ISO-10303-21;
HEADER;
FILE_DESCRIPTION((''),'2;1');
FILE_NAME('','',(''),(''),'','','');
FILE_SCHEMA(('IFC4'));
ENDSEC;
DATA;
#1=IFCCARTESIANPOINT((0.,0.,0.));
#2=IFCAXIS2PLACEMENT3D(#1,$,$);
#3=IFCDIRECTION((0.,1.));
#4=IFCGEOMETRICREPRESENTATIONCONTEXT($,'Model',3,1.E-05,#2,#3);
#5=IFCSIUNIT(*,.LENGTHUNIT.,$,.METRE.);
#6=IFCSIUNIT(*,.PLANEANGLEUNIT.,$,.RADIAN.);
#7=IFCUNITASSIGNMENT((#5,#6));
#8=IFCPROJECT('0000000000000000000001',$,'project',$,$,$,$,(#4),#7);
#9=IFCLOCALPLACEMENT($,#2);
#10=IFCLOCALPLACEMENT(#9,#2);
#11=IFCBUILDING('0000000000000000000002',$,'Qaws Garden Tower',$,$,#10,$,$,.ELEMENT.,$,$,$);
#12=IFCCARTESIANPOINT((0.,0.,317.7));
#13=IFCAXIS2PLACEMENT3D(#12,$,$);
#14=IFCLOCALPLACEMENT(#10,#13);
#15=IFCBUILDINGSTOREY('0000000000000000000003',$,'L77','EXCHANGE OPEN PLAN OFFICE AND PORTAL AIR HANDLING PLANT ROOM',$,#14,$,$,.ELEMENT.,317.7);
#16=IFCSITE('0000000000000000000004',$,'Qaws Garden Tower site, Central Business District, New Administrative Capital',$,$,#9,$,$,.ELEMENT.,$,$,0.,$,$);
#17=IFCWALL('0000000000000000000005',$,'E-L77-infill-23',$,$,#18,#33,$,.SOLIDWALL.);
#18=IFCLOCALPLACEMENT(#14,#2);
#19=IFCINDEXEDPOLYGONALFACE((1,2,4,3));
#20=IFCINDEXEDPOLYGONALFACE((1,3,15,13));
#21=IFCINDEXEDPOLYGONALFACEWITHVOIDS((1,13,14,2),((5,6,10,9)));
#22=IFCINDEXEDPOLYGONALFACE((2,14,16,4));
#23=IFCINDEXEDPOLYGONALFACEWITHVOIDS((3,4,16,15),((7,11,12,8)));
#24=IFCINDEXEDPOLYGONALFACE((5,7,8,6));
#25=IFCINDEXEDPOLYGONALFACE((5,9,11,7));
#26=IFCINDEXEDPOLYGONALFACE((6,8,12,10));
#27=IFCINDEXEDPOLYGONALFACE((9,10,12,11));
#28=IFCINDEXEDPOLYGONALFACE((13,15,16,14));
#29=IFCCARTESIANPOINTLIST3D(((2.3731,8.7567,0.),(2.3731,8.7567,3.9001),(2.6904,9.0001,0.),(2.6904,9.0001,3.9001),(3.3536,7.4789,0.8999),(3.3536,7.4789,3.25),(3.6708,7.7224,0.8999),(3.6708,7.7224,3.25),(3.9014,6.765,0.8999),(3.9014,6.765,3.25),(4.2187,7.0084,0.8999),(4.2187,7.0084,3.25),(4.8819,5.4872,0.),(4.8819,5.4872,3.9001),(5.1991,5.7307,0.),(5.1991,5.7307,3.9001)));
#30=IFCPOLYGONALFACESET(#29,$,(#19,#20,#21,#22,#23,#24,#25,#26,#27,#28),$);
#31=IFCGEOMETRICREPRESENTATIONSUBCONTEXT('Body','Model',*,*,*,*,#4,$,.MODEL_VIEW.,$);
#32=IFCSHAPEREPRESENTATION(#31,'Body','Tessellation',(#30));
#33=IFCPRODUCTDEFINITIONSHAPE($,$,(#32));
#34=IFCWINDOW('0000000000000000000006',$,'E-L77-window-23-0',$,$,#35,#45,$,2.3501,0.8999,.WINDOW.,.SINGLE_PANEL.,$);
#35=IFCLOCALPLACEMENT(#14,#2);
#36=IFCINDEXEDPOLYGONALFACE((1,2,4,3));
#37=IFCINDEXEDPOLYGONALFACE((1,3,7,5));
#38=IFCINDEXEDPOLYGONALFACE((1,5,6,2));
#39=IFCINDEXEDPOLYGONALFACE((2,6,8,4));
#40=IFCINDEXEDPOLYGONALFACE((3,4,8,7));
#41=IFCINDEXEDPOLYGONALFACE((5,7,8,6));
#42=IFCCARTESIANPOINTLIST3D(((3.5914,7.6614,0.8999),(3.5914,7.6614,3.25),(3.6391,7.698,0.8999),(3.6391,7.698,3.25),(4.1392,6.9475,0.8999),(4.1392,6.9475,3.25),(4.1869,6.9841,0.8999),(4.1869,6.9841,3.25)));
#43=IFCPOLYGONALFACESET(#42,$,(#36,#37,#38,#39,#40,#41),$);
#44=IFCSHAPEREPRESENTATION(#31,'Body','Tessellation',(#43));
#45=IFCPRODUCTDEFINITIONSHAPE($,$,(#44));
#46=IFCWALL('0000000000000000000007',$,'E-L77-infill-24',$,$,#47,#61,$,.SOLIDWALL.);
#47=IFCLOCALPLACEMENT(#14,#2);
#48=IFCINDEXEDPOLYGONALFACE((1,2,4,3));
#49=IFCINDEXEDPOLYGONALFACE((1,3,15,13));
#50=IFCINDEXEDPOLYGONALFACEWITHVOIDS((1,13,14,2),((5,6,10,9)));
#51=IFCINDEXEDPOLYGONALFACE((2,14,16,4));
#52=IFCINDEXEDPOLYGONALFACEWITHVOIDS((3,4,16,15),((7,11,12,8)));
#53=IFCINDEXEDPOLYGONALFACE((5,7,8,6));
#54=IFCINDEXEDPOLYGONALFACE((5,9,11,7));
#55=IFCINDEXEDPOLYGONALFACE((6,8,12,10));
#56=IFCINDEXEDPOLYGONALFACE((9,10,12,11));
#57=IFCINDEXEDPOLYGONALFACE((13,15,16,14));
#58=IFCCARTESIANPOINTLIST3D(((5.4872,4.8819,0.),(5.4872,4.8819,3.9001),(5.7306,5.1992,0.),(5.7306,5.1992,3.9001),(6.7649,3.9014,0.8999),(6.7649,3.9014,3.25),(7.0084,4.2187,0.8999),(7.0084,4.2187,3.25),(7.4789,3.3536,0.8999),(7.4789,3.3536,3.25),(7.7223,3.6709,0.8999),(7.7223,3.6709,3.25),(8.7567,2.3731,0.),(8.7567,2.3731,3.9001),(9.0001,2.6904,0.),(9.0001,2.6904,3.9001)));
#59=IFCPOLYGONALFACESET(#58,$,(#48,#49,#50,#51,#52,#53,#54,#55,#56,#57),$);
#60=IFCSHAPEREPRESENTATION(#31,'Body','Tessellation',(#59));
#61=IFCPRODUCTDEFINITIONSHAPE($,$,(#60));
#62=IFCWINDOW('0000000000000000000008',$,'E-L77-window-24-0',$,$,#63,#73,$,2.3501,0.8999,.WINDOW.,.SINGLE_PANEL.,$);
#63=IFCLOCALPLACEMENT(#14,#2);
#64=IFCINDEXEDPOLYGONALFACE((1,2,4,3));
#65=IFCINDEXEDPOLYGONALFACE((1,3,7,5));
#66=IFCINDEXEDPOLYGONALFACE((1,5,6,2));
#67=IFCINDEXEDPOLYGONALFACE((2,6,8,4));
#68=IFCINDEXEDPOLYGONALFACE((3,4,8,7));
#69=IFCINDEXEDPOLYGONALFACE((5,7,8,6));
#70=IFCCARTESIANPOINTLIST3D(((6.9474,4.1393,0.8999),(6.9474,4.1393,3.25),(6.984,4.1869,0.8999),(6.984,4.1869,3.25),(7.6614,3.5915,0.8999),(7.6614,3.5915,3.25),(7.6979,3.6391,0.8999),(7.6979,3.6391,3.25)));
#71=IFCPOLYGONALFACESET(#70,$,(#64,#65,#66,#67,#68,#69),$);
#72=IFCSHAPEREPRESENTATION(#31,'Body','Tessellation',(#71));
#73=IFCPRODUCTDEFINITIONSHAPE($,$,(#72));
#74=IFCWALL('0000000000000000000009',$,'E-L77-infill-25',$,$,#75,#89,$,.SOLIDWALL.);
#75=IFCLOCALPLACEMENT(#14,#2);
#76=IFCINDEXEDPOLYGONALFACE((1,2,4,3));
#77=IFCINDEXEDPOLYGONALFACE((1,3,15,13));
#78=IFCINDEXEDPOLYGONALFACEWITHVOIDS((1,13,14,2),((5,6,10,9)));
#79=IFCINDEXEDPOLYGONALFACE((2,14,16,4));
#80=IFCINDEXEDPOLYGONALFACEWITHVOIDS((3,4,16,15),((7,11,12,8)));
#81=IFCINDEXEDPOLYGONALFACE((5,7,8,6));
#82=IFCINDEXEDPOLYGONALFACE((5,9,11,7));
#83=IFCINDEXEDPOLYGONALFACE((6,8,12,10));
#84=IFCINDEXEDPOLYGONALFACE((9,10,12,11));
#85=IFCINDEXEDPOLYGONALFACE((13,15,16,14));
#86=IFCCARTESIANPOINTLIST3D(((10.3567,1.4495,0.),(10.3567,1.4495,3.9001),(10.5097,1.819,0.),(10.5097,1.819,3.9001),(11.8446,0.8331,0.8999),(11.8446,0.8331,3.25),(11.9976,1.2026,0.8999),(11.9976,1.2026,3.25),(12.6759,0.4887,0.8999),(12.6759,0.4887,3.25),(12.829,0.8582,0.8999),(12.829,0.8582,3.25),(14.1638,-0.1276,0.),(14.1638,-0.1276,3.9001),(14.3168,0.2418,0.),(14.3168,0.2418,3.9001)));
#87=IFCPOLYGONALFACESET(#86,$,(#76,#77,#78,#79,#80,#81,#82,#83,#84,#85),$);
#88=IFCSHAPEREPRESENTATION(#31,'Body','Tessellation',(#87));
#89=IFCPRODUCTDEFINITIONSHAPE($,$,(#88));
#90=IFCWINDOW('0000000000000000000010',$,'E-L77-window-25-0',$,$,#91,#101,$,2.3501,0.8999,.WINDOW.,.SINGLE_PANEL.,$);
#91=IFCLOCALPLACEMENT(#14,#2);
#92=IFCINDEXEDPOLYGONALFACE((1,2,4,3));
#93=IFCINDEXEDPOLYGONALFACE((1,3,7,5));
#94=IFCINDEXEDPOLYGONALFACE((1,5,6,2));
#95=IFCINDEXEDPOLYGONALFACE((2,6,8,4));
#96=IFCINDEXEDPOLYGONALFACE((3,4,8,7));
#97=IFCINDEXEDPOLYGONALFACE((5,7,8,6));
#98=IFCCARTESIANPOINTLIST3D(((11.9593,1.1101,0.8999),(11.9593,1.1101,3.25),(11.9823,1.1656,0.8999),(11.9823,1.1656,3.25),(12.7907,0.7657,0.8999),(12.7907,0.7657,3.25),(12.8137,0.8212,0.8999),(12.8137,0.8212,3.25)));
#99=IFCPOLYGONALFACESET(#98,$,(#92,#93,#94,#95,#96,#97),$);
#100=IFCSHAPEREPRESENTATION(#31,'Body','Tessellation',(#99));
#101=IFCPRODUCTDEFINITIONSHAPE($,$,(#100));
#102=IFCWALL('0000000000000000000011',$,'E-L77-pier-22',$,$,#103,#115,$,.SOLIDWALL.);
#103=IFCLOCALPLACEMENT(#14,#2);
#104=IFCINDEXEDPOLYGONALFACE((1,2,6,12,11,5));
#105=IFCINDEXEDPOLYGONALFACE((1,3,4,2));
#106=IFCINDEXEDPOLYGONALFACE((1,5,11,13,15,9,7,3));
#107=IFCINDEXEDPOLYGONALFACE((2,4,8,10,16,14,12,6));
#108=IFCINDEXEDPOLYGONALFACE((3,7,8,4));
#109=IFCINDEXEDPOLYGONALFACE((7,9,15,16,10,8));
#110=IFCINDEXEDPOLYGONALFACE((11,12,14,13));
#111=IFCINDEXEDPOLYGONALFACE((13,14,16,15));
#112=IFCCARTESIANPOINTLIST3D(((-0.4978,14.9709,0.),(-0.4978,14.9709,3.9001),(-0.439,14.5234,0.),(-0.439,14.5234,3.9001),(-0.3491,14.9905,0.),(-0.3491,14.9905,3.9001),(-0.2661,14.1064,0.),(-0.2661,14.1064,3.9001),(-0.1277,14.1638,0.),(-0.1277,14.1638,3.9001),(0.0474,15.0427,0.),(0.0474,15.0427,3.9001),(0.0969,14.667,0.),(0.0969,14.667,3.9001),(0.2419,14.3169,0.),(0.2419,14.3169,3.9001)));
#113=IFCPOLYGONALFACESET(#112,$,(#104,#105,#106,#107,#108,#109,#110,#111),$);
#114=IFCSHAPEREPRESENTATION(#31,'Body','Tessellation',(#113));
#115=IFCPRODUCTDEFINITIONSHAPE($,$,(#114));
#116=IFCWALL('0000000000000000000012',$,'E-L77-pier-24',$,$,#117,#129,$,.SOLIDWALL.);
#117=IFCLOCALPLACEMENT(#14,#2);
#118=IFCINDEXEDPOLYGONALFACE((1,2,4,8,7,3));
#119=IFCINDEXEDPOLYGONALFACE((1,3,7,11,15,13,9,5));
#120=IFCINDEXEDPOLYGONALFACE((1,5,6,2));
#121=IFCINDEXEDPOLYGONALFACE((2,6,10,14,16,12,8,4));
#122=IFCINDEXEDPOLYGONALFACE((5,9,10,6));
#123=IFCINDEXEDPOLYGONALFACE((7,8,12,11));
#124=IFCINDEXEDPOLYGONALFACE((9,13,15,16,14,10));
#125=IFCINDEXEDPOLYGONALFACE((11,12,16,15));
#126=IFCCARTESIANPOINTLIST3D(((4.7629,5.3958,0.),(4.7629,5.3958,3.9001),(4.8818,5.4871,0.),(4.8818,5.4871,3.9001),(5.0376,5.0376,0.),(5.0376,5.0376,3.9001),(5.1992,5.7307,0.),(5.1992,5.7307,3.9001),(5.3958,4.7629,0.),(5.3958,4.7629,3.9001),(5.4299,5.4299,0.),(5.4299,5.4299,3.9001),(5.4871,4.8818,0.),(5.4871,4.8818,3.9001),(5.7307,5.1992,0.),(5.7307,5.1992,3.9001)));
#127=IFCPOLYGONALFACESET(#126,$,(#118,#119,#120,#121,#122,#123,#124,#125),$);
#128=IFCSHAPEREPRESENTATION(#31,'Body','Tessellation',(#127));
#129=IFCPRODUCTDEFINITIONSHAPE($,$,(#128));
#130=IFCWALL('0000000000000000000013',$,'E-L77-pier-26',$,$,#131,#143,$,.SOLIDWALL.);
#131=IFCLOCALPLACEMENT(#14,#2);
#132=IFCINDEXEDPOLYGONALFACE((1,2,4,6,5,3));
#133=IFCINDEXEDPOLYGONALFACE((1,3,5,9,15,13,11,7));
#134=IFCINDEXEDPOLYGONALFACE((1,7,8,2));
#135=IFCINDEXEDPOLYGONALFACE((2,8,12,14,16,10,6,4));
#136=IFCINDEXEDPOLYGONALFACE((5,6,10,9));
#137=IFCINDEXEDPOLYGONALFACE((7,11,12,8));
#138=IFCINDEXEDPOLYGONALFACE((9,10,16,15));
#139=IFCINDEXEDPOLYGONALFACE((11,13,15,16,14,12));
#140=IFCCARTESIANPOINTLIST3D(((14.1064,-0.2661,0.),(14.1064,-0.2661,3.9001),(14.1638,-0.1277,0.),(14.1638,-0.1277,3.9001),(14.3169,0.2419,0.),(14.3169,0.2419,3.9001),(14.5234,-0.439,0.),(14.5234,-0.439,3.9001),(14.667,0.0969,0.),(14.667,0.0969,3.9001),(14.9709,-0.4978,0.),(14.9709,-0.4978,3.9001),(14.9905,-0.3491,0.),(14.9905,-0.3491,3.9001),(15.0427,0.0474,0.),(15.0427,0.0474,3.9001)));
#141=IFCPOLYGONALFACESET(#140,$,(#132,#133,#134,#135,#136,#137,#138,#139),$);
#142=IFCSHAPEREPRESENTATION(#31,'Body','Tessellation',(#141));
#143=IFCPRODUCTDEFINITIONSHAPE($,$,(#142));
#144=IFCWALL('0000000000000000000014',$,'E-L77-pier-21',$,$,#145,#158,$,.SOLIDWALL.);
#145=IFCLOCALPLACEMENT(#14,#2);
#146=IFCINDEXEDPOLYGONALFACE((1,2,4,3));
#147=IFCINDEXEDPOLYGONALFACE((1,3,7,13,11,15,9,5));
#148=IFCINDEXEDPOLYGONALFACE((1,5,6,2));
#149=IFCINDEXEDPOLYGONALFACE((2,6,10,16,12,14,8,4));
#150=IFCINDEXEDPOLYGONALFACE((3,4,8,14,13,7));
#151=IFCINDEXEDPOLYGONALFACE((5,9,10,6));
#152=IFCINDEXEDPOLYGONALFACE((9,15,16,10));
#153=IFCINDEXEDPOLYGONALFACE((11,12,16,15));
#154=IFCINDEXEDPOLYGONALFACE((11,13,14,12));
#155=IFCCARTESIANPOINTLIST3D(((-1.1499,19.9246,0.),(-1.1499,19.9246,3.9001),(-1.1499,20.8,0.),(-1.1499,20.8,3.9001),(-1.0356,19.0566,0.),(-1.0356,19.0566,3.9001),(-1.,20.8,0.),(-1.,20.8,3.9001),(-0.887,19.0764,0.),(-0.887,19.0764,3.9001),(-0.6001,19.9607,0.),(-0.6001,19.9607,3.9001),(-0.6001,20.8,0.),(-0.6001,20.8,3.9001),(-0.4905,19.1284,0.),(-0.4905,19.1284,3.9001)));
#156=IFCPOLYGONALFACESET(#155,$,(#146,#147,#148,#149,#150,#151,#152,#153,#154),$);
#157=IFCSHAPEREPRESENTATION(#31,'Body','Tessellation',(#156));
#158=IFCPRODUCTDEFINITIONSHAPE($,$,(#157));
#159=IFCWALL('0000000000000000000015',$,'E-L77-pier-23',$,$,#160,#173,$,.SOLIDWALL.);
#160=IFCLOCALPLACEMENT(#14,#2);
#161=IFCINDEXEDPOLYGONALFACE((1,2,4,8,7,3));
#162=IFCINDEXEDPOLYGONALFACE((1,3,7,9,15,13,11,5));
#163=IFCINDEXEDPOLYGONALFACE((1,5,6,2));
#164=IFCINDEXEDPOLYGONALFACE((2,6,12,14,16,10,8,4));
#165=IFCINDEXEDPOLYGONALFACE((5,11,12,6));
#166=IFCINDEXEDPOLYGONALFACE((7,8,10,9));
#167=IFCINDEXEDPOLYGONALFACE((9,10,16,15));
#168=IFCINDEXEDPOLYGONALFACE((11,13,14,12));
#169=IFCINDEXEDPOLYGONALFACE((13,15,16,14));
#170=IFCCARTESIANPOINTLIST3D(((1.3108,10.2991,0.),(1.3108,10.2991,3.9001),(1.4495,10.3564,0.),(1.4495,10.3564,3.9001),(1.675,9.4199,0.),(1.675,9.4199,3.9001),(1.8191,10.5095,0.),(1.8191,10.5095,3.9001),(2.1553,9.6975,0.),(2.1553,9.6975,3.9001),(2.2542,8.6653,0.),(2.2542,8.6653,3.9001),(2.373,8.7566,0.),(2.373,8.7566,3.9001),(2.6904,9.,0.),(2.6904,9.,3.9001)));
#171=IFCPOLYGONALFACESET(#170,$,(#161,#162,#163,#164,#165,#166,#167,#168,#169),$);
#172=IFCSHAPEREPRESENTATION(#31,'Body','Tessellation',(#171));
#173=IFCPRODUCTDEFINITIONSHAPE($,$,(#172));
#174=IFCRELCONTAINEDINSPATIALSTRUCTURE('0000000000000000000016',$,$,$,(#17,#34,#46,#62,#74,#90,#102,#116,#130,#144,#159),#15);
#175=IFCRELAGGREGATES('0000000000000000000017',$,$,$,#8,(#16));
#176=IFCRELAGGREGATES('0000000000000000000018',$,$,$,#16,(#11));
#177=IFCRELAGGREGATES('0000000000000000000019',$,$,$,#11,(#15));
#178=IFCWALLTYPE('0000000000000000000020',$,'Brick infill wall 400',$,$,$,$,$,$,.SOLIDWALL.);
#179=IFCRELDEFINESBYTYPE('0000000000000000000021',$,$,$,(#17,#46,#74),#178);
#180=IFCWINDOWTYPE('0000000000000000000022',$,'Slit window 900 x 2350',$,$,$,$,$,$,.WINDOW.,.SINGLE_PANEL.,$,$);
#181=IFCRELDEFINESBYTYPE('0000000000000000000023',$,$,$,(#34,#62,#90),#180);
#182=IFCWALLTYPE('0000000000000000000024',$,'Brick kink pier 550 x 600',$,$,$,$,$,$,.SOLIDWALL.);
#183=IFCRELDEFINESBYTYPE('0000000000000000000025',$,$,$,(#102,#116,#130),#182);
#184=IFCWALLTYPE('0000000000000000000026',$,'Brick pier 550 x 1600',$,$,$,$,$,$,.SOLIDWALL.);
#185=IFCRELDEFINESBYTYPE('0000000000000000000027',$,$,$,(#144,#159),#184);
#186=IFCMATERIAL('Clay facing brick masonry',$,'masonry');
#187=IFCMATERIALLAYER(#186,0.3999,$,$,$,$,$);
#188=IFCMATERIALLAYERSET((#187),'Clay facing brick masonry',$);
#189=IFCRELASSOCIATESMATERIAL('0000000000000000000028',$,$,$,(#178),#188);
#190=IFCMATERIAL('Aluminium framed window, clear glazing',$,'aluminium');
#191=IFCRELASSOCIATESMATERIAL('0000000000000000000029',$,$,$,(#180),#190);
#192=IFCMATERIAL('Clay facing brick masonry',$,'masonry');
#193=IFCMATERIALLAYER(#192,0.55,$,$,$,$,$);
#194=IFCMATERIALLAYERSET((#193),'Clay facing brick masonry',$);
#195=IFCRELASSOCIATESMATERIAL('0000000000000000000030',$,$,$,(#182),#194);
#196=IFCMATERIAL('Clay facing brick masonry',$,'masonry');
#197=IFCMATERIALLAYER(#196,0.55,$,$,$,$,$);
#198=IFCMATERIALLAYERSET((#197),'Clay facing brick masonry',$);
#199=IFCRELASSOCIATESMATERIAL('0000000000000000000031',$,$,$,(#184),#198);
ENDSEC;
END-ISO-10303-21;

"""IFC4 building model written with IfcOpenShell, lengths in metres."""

from ifc_helpers import new_model, si_unit, direction, frame, frame_2d, origin, place, context, subcontext, project, spatial, polyline, rectangle, outline, extrude, material, layer, layer_set, type_object, element, fill, save


model = new_model("IFC4")

# Units and contexts
model_context = context("Model", 3, precision=1e-05, world=origin(), true_north=direction((0.0, 1.0)))
body_context = subcontext(model_context, "Body", "Model", "MODEL_VIEW")
ifc_project = project(units=[si_unit("LENGTHUNIT", "METRE"), si_unit("PLANEANGLEUNIT", "RADIAN")], contexts=[model_context])

# Site, building, storey
site_placement = place(None, origin())
site = spatial("IfcSite", under=ifc_project, at=site_placement, Name="Qaws Garden Tower site, Central Business District, New Administrative Capital", CompositionType="ELEMENT", RefElevation=0.0)
building_placement = place(site_placement, origin())
building = spatial("IfcBuilding", under=site, at=building_placement, Name="Qaws Garden Tower", CompositionType="ELEMENT")
storey_placement = place(building_placement, frame((0.0, 0.0, 317.7)))
storey = spatial("IfcBuildingStorey", under=building, at=storey_placement, Name="L77", Description="EXCHANGE OPEN PLAN OFFICE AND PORTAL AIR HANDLING PLANT ROOM", CompositionType="ELEMENT", Elevation=317.7)

# Shared definitions
placement_1 = place(storey_placement, origin())

# Walls, openings, windows
ifc_material_1 = material(Name="Clay facing brick masonry", Category="masonry")
ifc_layer_1 = layer(ifc_material_1, 0.3999)
ifc_layer_set_1 = layer_set([ifc_layer_1], Name="Clay facing brick masonry")
wall_type_1 = type_object("IfcWallType", Name="Brick infill wall 400", PredefinedType="SOLIDWALL", material=ifc_layer_set_1)
wall_1_placement = place(storey_placement, frame((2.5317, 8.8784, 0.0), z_axis=(0.0, 0.0, 1.0), x_axis=(0.60876, -0.793355, 0.0)))
wall_1 = element("IfcWall", 1, at=wall_1_placement, inside=storey, type_object=wall_type_1, Name="E-L77-infill-23", PredefinedType="SOLIDWALL", context=body_context, shape_type="SweptSolid", body=[
    extrude(rectangle(XDim=4.1211, YDim=0.3999, at=frame_2d((2.0605, 0.0))), origin(), (0.0, 0.0, 1.0), 3.9001),
])
opening_1_placement = place(wall_1_placement, frame((1.6106, 0.0, 0.8999)))
opening_1 = element("IfcOpeningElement", 2, at=opening_1_placement, cuts=wall_1, PredefinedType="OPENING", context=body_context, shape_type="SweptSolid", body=[
    extrude(rectangle(XDim=0.8999, YDim=2.3501, at=frame_2d((0.45, 1.175))), frame((0.0, 0.21, 0.0), z_axis=(0.0, -1.0, 0.0), x_axis=(1.0, 0.0, 0.0)), (0.0, 0.0, 1.0), 0.4199),
])
ifc_material_2 = material(Name="Aluminium framed window, clear glazing", Category="aluminium")
window_type = type_object("IfcWindowType", Name="Slit window 900 x 2350", PartitioningType="SINGLE_PANEL", PredefinedType="WINDOW", material=ifc_material_2)
window_1_placement = place(opening_1_placement, origin())
window_1 = element("IfcWindow", 3, at=window_1_placement, inside=storey, type_object=window_type, Name="E-L77-window-23-0", OverallHeight=2.3501, OverallWidth=0.8999, PartitioningType="SINGLE_PANEL", PredefinedType="WINDOW", context=body_context, shape_type="SweptSolid", body=[
    extrude(rectangle(XDim=0.8999, YDim=2.3501, at=frame_2d((0.45, 1.175))), frame((0.0, 0.1599, 0.0), z_axis=(0.0, -1.0, 0.0), x_axis=(1.0, 0.0, 0.0)), (0.0, 0.0, 1.0), 0.0601),
])
fill(opening_1, window_1)
wall_2_placement = place(storey_placement, frame((5.6089, 5.0405, 0.0), z_axis=(0.0, 0.0, 1.0), x_axis=(0.793355, -0.60876, 0.0)))
wall_2 = element("IfcWall", 4, at=wall_2_placement, inside=storey, type_object=wall_type_1, Name="E-L77-infill-24", PredefinedType="SOLIDWALL", context=body_context, shape_type="SweptSolid", body=[
    extrude(rectangle(XDim=4.1211, YDim=0.3999, at=frame_2d((2.0605, 0.0))), origin(), (0.0, 0.0, 1.0), 3.9001),
])
opening_2_placement = place(wall_2_placement, frame((1.6106, 0.0, 0.8999)))
opening_2 = element("IfcOpeningElement", 5, at=opening_2_placement, cuts=wall_2, PredefinedType="OPENING", context=body_context, shape_type="SweptSolid", body=[
    extrude(rectangle(XDim=0.8999, YDim=2.3501, at=frame_2d((0.45, 1.175))), frame((0.0, 0.21, 0.0), z_axis=(0.0, -1.0, 0.0), x_axis=(1.0, 0.0, 0.0)), (0.0, 0.0, 1.0), 0.4199),
])
window_2_placement = place(opening_2_placement, origin())
window_2 = element("IfcWindow", 6, at=window_2_placement, inside=storey, type_object=window_type, Name="E-L77-window-24-0", OverallHeight=2.3501, OverallWidth=0.8999, PartitioningType="SINGLE_PANEL", PredefinedType="WINDOW", context=body_context, shape_type="SweptSolid", body=[
    extrude(rectangle(XDim=0.8999, YDim=2.3501, at=frame_2d((0.45, 1.175))), frame((0.0, 0.1599, 0.0), z_axis=(0.0, -1.0, 0.0), x_axis=(1.0, 0.0, 0.0)), (0.0, 0.0, 1.0), 0.0601),
])
fill(opening_2, window_2)
wall_3_placement = place(storey_placement, frame((10.4331, 1.6343, 0.0), z_axis=(0.0, 0.0, 1.0), x_axis=(0.923864, -0.382722, 0.0)))
wall_3 = element("IfcWall", 7, at=wall_3_placement, inside=storey, type_object=wall_type_1, Name="E-L77-infill-25", PredefinedType="SOLIDWALL", context=body_context, shape_type="SweptSolid", body=[
    extrude(rectangle(XDim=4.1208, YDim=0.3999, at=frame_2d((2.0605, 0.0))), origin(), (0.0, 0.0, 1.0), 3.9001),
])
opening_3_placement = place(wall_3_placement, frame((1.6106, 0.0, 0.8999)))
opening_3 = element("IfcOpeningElement", 8, at=opening_3_placement, cuts=wall_3, PredefinedType="OPENING", context=body_context, shape_type="SweptSolid", body=[
    extrude(rectangle(XDim=0.8999, YDim=2.3501, at=frame_2d((0.45, 1.175))), frame((0.0, 0.21, 0.0), z_axis=(0.0, -1.0, 0.0), x_axis=(1.0, 0.0, 0.0)), (0.0, 0.0, 1.0), 0.4199),
])
window_3_placement = place(opening_3_placement, origin())
window_3 = element("IfcWindow", 9, at=window_3_placement, inside=storey, type_object=window_type, Name="E-L77-window-25-0", OverallHeight=2.3501, OverallWidth=0.8999, PartitioningType="SINGLE_PANEL", PredefinedType="WINDOW", context=body_context, shape_type="SweptSolid", body=[
    extrude(rectangle(XDim=0.8999, YDim=2.3501, at=frame_2d((0.45, 1.175))), frame((0.0, 0.1599, 0.0), z_axis=(0.0, -1.0, 0.0), x_axis=(1.0, 0.0, 0.0)), (0.0, 0.0, 1.0), 0.0601),
])
fill(opening_3, window_3)

# Walls
ifc_material_3 = material(Name="Clay facing brick masonry", Category="masonry")
ifc_layer_2 = layer(ifc_material_3, 0.55)
ifc_layer_set_2 = layer_set([ifc_layer_2], Name="Clay facing brick masonry")
wall_type_2 = type_object("IfcWallType", Name="Brick kink pier 550 x 600", PredefinedType="SOLIDWALL", material=ifc_layer_set_2)
element("IfcWall", 10, at=placement_1, inside=storey, type_object=wall_type_2, Name="E-L77-pier-22", PredefinedType="SOLIDWALL", context=body_context, shape_type="SweptSolid", body=[
    extrude(outline(polyline([(-0.3491, 14.9905), (-0.4978, 14.9709), (-0.439, 14.5234), (-0.2661, 14.1064), (-0.1277, 14.1638), (0.2419, 14.3169), (0.0969, 14.667), (0.0474, 15.0427), (-0.3491, 14.9905)])), origin(), (0.0, 0.0, 1.0), 3.9001),
])
element("IfcWall", 11, at=placement_1, inside=storey, type_object=wall_type_2, Name="E-L77-pier-24", PredefinedType="SOLIDWALL", context=body_context, shape_type="SweptSolid", body=[
    extrude(outline(polyline([(4.8818, 5.4871), (4.7629, 5.3958), (5.0376, 5.0376), (5.3958, 4.7629), (5.4871, 4.8818), (5.7307, 5.1992), (5.4299, 5.4299), (5.1992, 5.7307), (4.8818, 5.4871)])), origin(), (0.0, 0.0, 1.0), 3.9001),
])
element("IfcWall", 12, at=placement_1, inside=storey, type_object=wall_type_2, Name="E-L77-pier-26", PredefinedType="SOLIDWALL", context=body_context, shape_type="SweptSolid", body=[
    extrude(outline(polyline([(14.1638, -0.1277), (14.1064, -0.2661), (14.5234, -0.439), (14.9709, -0.4978), (14.9905, -0.3491), (15.0427, 0.0474), (14.667, 0.0969), (14.3169, 0.2419), (14.1638, -0.1277)])), origin(), (0.0, 0.0, 1.0), 3.9001),
])
ifc_material_4 = material(Name="Clay facing brick masonry", Category="masonry")
ifc_layer_3 = layer(ifc_material_4, 0.55)
ifc_layer_set_3 = layer_set([ifc_layer_3], Name="Clay facing brick masonry")
wall_type_3 = type_object("IfcWallType", Name="Brick pier 550 x 1600", PredefinedType="SOLIDWALL", material=ifc_layer_set_3)
element("IfcWall", 13, at=placement_1, inside=storey, type_object=wall_type_3, Name="E-L77-pier-21", PredefinedType="SOLIDWALL", context=body_context, shape_type="SweptSolid", body=[
    extrude(outline(polyline([(-1.0, 20.8), (-1.1499, 20.8), (-1.1499, 19.9246), (-1.0356, 19.0566), (-0.887, 19.0764), (-0.4905, 19.1284), (-0.6001, 19.9607), (-0.6001, 20.8), (-1.0, 20.8)])), origin(), (0.0, 0.0, 1.0), 3.9001),
])
element("IfcWall", 14, at=placement_1, inside=storey, type_object=wall_type_3, Name="E-L77-pier-23", PredefinedType="SOLIDWALL", context=body_context, shape_type="SweptSolid", body=[
    extrude(outline(polyline([(1.4495, 10.3564), (1.3108, 10.2991), (1.675, 9.4199), (2.2542, 8.6653), (2.373, 8.7566), (2.6904, 9.0), (2.1553, 9.6975), (1.8191, 10.5095), (1.4495, 10.3564)])), origin(), (0.0, 0.0, 1.0), 3.9001),
])

save(model, "model.ifc")
